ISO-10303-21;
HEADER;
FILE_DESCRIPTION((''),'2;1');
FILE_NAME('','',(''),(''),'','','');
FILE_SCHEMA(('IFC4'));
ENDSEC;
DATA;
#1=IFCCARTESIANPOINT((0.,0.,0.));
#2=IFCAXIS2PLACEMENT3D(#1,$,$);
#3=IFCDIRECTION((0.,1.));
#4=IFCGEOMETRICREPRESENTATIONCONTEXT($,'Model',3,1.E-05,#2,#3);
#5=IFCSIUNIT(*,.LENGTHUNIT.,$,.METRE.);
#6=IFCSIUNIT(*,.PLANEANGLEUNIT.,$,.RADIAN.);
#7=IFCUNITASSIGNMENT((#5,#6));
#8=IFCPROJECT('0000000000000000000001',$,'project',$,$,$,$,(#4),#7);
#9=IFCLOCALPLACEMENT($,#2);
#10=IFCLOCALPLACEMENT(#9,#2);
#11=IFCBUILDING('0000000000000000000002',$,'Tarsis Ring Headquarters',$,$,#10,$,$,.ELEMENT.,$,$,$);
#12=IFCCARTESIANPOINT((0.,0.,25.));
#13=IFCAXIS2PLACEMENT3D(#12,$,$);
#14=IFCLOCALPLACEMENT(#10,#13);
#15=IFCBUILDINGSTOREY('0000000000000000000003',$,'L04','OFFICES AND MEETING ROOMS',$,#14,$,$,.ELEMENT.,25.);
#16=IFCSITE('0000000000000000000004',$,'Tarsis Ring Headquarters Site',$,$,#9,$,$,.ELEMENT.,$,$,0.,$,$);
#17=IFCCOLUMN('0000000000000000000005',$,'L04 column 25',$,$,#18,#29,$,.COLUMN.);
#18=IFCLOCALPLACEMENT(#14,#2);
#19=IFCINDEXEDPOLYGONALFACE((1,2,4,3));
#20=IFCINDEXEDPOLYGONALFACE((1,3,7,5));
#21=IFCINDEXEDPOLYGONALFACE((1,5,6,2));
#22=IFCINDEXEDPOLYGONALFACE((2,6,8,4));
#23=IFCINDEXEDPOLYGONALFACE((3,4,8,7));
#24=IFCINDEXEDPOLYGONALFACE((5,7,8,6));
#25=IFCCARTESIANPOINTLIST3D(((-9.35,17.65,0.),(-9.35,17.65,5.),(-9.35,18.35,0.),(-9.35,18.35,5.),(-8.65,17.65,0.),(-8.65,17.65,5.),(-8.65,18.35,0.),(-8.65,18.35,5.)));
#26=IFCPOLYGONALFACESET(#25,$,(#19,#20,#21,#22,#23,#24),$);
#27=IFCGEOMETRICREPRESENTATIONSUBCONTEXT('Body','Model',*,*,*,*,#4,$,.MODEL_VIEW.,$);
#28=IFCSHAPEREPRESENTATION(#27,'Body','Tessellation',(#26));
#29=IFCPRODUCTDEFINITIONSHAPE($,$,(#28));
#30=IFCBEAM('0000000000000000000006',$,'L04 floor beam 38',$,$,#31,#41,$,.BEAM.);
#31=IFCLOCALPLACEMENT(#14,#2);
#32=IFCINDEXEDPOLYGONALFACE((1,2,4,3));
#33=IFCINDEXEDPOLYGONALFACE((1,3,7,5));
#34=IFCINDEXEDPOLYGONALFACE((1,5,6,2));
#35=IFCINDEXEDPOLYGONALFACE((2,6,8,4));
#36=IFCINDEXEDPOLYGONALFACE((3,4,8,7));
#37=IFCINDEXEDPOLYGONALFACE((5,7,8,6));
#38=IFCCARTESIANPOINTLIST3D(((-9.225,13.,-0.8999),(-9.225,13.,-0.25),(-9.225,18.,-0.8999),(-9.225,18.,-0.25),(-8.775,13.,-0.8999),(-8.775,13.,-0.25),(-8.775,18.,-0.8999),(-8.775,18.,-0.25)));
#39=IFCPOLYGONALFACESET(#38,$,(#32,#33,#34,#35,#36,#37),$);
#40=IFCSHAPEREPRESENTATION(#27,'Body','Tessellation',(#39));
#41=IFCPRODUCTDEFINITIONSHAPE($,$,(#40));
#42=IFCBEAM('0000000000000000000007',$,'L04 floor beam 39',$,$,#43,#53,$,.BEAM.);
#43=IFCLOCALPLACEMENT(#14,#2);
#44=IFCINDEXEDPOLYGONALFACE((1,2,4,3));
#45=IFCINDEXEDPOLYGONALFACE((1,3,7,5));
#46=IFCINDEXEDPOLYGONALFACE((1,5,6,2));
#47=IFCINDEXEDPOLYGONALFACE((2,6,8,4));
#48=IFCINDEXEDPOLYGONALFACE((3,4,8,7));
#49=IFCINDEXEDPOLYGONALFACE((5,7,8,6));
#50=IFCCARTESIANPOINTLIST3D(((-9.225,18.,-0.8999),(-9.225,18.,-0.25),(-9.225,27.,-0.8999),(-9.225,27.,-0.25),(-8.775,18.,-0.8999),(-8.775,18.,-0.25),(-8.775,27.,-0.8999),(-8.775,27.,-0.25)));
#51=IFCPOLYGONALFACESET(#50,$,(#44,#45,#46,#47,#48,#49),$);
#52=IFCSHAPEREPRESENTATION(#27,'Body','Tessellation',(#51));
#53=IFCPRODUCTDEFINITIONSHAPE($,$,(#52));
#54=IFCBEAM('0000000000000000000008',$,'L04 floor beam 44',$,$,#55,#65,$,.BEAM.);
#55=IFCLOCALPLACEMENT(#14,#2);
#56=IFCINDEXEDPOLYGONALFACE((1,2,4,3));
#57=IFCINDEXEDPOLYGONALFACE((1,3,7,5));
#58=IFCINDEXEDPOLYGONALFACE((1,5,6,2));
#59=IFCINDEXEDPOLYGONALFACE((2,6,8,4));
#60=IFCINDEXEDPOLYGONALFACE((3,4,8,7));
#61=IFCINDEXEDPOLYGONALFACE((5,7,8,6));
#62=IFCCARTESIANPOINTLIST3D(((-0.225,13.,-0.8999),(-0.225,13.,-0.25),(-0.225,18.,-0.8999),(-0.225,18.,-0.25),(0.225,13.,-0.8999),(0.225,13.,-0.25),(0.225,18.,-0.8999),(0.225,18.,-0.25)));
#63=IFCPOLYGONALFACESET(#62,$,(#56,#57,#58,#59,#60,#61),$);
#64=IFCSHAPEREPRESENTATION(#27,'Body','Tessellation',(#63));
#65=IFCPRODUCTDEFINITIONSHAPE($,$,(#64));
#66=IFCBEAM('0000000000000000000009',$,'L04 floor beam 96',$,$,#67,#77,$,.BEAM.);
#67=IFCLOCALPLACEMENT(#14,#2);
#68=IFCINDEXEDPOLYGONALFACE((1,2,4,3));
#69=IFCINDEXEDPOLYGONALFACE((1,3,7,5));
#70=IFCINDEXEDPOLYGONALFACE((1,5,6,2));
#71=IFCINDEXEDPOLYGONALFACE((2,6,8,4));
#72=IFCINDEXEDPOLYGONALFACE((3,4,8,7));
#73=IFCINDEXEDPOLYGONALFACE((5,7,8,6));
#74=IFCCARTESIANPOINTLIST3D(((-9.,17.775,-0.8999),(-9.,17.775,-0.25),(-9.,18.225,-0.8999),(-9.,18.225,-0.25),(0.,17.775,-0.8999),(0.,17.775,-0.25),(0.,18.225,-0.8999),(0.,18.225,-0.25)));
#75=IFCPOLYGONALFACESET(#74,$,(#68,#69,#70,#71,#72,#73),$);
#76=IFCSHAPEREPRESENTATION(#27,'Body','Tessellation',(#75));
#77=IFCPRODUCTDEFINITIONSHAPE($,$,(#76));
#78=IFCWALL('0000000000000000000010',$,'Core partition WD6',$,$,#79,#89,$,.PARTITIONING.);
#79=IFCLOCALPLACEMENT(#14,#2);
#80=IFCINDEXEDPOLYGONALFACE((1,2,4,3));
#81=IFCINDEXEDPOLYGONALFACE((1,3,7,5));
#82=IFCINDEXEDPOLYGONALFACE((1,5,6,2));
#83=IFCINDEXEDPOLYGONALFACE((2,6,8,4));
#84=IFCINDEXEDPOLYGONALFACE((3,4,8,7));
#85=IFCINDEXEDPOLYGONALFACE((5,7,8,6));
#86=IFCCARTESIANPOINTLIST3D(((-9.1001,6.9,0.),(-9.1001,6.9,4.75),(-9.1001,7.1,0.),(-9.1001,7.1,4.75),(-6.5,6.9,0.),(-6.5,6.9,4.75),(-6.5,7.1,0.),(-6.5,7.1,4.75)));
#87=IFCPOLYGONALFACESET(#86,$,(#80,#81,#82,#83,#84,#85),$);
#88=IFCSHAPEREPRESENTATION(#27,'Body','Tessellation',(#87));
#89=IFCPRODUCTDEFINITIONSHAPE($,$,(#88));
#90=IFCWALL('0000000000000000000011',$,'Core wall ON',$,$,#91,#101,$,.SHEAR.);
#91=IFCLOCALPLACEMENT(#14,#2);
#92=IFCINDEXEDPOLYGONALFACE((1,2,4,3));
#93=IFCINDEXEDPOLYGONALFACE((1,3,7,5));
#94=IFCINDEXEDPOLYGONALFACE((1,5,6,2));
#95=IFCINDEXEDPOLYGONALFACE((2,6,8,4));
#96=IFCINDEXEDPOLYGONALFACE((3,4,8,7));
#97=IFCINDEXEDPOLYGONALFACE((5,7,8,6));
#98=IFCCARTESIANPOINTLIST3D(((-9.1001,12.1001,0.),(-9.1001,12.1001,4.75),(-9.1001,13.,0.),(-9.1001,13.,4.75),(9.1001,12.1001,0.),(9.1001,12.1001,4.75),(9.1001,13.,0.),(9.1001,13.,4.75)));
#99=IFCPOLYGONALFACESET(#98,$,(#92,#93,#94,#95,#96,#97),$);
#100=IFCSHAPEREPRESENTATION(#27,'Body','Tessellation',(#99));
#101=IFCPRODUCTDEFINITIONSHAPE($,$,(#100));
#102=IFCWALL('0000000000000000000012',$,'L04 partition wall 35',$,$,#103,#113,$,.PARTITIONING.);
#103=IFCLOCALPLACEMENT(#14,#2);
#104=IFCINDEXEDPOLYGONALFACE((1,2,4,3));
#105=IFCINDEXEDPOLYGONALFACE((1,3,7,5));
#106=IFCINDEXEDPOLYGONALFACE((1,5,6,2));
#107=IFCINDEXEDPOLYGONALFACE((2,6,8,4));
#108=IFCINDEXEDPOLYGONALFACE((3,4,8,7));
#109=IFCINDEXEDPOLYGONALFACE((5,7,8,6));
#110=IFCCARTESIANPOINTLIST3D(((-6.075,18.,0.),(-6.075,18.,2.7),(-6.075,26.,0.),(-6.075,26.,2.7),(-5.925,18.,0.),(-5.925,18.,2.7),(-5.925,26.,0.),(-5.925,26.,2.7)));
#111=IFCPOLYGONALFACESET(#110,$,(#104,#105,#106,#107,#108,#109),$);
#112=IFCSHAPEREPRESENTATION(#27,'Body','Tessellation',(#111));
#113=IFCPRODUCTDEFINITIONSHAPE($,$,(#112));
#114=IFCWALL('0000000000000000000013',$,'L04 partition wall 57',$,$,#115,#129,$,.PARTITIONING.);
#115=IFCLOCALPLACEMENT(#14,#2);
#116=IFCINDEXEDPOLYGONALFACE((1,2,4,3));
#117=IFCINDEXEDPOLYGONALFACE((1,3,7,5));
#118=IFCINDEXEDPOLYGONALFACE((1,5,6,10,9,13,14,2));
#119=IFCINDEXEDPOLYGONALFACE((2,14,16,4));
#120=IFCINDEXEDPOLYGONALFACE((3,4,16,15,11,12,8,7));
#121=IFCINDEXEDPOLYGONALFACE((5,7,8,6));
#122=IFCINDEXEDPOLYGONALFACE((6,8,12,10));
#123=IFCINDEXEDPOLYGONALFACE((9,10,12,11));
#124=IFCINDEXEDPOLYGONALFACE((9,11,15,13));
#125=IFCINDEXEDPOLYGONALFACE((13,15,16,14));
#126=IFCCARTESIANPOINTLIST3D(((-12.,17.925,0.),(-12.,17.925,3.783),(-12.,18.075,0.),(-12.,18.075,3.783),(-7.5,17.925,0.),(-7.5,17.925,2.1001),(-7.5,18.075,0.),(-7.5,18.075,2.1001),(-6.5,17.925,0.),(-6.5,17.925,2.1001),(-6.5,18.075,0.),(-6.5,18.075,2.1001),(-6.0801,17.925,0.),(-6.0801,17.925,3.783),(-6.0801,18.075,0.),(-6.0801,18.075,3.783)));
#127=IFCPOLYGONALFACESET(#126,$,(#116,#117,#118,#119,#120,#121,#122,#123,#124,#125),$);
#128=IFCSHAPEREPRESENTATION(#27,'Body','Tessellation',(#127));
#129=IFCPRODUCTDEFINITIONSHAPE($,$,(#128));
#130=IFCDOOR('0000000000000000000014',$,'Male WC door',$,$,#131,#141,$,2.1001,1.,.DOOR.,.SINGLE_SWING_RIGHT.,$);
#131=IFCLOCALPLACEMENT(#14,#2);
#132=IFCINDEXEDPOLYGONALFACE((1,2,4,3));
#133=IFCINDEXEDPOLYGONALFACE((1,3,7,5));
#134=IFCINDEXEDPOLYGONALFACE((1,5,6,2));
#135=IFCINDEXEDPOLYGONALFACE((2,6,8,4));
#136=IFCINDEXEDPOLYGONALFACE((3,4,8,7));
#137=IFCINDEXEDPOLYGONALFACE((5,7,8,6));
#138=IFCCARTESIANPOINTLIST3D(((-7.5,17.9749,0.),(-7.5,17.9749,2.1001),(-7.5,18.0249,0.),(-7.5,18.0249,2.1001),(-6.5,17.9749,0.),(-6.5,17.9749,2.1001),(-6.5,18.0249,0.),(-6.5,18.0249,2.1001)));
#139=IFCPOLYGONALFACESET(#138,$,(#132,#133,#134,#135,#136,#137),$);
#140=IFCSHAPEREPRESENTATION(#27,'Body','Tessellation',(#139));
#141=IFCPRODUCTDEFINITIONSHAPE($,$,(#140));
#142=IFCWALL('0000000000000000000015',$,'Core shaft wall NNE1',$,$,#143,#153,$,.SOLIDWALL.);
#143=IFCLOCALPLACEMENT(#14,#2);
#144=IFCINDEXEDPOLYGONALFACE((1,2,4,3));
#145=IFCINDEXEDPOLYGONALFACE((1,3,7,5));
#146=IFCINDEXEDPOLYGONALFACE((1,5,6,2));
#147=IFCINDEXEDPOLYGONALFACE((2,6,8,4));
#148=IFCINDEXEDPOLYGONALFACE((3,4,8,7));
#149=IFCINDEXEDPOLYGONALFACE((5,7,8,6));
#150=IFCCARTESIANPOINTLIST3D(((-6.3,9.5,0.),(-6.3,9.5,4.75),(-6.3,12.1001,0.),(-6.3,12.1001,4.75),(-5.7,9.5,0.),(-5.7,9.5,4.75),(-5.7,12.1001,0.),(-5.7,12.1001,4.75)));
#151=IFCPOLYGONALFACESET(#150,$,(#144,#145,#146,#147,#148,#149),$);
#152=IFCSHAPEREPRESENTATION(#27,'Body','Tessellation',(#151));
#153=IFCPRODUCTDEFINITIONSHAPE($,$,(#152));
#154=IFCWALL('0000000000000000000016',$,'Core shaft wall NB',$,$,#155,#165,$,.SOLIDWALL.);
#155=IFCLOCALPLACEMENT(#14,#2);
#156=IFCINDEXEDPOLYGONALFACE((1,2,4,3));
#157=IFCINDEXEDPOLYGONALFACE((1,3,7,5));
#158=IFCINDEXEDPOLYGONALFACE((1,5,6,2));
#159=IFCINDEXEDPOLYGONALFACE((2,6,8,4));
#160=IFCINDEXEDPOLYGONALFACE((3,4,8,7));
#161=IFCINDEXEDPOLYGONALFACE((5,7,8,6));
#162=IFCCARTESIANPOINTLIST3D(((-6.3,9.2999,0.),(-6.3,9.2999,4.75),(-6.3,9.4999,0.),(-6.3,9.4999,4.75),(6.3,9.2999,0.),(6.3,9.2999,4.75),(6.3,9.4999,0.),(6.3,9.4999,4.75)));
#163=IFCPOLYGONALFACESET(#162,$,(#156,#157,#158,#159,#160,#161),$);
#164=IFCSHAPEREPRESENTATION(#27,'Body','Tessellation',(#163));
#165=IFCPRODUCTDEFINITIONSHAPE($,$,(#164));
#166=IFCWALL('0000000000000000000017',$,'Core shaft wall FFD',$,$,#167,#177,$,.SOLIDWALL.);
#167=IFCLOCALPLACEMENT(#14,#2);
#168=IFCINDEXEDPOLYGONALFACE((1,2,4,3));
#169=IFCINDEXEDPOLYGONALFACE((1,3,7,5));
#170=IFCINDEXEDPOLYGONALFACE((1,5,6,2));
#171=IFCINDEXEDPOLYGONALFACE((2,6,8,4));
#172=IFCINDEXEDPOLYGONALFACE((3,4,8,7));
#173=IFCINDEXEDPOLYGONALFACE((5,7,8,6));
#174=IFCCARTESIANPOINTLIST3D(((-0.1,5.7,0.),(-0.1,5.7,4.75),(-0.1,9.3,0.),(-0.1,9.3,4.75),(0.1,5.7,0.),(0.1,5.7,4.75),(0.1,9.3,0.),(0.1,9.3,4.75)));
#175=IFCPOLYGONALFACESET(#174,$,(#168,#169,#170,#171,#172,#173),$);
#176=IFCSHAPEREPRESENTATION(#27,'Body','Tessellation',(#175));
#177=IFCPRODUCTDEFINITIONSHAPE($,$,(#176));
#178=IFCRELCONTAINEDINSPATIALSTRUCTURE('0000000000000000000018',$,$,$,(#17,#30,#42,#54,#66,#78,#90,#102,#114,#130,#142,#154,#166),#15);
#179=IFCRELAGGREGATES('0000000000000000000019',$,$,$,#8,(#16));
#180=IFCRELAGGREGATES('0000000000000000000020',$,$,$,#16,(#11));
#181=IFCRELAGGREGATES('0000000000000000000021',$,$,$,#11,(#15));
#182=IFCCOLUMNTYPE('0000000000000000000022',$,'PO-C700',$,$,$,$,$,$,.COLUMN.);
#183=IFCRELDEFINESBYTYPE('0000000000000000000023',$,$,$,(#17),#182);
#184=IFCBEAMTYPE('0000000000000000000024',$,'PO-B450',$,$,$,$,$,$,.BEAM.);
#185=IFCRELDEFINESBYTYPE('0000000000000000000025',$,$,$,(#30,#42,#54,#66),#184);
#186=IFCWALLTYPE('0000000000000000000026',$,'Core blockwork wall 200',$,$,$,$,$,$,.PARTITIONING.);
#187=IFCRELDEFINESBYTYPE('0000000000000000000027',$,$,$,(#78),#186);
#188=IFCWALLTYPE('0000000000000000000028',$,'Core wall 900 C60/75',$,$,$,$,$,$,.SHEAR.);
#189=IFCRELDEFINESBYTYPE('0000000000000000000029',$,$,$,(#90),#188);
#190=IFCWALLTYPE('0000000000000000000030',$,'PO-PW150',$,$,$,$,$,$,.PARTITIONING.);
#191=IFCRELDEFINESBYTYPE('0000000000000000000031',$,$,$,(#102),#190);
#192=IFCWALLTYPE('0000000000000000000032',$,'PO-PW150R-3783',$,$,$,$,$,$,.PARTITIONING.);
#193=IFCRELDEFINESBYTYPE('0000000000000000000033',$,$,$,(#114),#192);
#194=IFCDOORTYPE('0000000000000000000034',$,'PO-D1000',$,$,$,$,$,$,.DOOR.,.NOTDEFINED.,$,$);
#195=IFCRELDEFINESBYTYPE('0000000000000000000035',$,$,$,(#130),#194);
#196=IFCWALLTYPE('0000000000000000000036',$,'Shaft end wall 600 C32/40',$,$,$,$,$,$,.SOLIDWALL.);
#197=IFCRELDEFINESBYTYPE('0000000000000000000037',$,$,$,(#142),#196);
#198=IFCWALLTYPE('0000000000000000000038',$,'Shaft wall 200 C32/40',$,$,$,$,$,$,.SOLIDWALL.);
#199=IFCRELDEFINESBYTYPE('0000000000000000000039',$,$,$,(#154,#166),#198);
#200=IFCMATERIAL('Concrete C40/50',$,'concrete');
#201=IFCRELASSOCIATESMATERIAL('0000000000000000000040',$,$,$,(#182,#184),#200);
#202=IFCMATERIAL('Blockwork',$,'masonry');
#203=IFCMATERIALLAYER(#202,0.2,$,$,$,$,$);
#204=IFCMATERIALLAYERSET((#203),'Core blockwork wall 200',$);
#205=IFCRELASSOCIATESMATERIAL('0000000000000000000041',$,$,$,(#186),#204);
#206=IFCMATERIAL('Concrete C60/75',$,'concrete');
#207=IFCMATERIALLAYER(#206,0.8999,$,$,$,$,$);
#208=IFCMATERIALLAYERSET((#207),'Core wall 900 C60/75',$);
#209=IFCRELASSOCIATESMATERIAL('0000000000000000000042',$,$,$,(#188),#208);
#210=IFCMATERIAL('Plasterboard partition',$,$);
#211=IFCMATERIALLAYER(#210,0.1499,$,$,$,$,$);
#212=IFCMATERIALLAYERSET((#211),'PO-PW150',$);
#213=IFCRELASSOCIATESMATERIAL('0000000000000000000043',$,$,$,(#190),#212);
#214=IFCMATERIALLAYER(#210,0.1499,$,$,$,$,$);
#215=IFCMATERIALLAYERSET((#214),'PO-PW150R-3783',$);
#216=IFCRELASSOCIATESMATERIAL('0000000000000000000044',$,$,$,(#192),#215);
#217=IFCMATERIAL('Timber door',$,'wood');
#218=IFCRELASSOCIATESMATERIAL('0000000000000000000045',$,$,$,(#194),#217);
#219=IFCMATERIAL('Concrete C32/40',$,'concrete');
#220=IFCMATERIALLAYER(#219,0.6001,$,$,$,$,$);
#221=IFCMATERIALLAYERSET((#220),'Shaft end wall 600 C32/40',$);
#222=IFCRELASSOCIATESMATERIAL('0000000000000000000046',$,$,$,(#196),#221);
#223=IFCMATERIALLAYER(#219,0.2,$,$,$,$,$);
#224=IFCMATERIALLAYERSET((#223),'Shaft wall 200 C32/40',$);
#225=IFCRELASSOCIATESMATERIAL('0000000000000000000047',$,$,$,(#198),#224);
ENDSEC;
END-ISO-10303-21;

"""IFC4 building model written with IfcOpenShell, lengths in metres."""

from ifc_helpers import new_model, si_unit, direction, frame, frame_2d, origin, origin_2d, place, context, subcontext, project, spatial, rectangle, extrude, material, layer, layer_set, material_profile, profile_set, type_object, element, fill, save


model = new_model("IFC4")

# Units and contexts
model_context = context("Model", 3, precision=1e-05, world=origin(), true_north=direction((0.0, 1.0)))
body_context = subcontext(model_context, "Body", "Model", "MODEL_VIEW")
ifc_project = project(units=[si_unit("LENGTHUNIT", "METRE"), si_unit("PLANEANGLEUNIT", "RADIAN")], contexts=[model_context])

# Site, building, storey
site_placement = place(None, origin())
site = spatial("IfcSite", under=ifc_project, at=site_placement, Name="Tarsis Ring Headquarters Site", CompositionType="ELEMENT", RefElevation=0.0)
building_placement = place(site_placement, origin())
building = spatial("IfcBuilding", under=site, at=building_placement, Name="Tarsis Ring Headquarters", CompositionType="ELEMENT")
storey_placement = place(building_placement, frame((0.0, 0.0, 25.0)))
storey = spatial("IfcBuildingStorey", under=building, at=storey_placement, Name="L04", Description="OFFICES AND MEETING ROOMS", CompositionType="ELEMENT", Elevation=25.0)

# Column
ifc_material_1 = material(Name="Concrete C40/50", Category="concrete")
ifc_material_profile_1 = material_profile(ifc_material_1, rectangle(XDim=0.7, YDim=0.7, at=origin_2d()), Name="PO-C700")
ifc_profile_set_1 = profile_set([ifc_material_profile_1], Name="Concrete C40/50")
column_type = type_object("IfcColumnType", Name="PO-C700", PredefinedType="COLUMN", material=ifc_profile_set_1)
column_placement = place(storey_placement, frame((-9.0, 18.0, 0.0), z_axis=(0.0, 0.0, 1.0), x_axis=(1.0, 0.0, 0.0)))
element("IfcColumn", 1, at=column_placement, inside=storey, type_object=column_type, Name="L04 column 25", PredefinedType="COLUMN", context=body_context, shape_type="SweptSolid", body=[
    extrude(rectangle(XDim=0.7, YDim=0.7, at=origin_2d()), origin(), (0.0, 0.0, 1.0), 5.0),
])

# Beams
ifc_material_profile_2 = material_profile(ifc_material_1, rectangle(XDim=0.45, YDim=0.6499, at=origin_2d()), Name="PO-B450")
ifc_profile_set_2 = profile_set([ifc_material_profile_2], Name="Concrete C40/50")
beam_type = type_object("IfcBeamType", Name="PO-B450", PredefinedType="BEAM", material=ifc_profile_set_2)
beam_1_placement = place(storey_placement, frame((-9.0, 13.0, -0.575), z_axis=(0.0, 1.0, 0.0), x_axis=(-1.0, 0.0, 0.0)))
element("IfcBeam", 2, at=beam_1_placement, inside=storey, type_object=beam_type, Name="L04 floor beam 38", PredefinedType="BEAM", context=body_context, shape_type="SweptSolid", body=[
    extrude(rectangle(XDim=0.45, YDim=0.6499, at=origin_2d()), origin(), (0.0, 0.0, 1.0), 5.0),
])
beam_2_placement = place(storey_placement, frame((-9.0, 18.0, -0.575), z_axis=(0.0, 1.0, 0.0), x_axis=(-1.0, 0.0, 0.0)))
element("IfcBeam", 3, at=beam_2_placement, inside=storey, type_object=beam_type, Name="L04 floor beam 39", PredefinedType="BEAM", context=body_context, shape_type="SweptSolid", body=[
    extrude(rectangle(XDim=0.45, YDim=0.6499, at=origin_2d()), origin(), (0.0, 0.0, 1.0), 9.0),
])
beam_3_placement = place(storey_placement, frame((0.0, 13.0, -0.575), z_axis=(0.0, 1.0, 0.0), x_axis=(-1.0, 0.0, 0.0)))
element("IfcBeam", 4, at=beam_3_placement, inside=storey, type_object=beam_type, Name="L04 floor beam 44", PredefinedType="BEAM", context=body_context, shape_type="SweptSolid", body=[
    extrude(rectangle(XDim=0.45, YDim=0.6499, at=origin_2d()), origin(), (0.0, 0.0, 1.0), 5.0),
])
beam_4_placement = place(storey_placement, frame((-9.0, 18.0, -0.575), z_axis=(1.0, 0.0, 0.0), x_axis=(0.0, 1.0, 0.0)))
element("IfcBeam", 5, at=beam_4_placement, inside=storey, type_object=beam_type, Name="L04 floor beam 96", PredefinedType="BEAM", context=body_context, shape_type="SweptSolid", body=[
    extrude(rectangle(XDim=0.45, YDim=0.6499, at=origin_2d()), origin(), (0.0, 0.0, 1.0), 9.0),
])

# Walls
ifc_material_2 = material(Name="Blockwork", Category="masonry")
ifc_layer_1 = layer(ifc_material_2, 0.2)
ifc_layer_set_1 = layer_set([ifc_layer_1], Name="Core blockwork wall 200")
wall_type_1 = type_object("IfcWallType", Name="Core blockwork wall 200", PredefinedType="PARTITIONING", material=ifc_layer_set_1)
wall_1_placement = place(storey_placement, frame((-9.1001, 7.0, 0.0), z_axis=(0.0, 0.0, 1.0), x_axis=(1.0, 0.0, 0.0)))
element("IfcWall", 6, at=wall_1_placement, inside=storey, type_object=wall_type_1, Name="Core partition WD6", PredefinedType="PARTITIONING", context=body_context, shape_type="SweptSolid", body=[
    extrude(rectangle(XDim=2.6001, YDim=0.2, at=frame_2d((1.3, 0.0))), origin(), (0.0, 0.0, 1.0), 4.75),
])
ifc_material_3 = material(Name="Concrete C60/75", Category="concrete")
ifc_layer_2 = layer(ifc_material_3, 0.8999)
ifc_layer_set_2 = layer_set([ifc_layer_2], Name="Core wall 900 C60/75")
wall_type_2 = type_object("IfcWallType", Name="Core wall 900 C60/75", PredefinedType="SHEAR", material=ifc_layer_set_2)
wall_2_placement = place(storey_placement, frame((-9.1001, 12.55, 0.0), z_axis=(0.0, 0.0, 1.0), x_axis=(1.0, 0.0, 0.0)))
element("IfcWall", 7, at=wall_2_placement, inside=storey, type_object=wall_type_2, Name="Core wall ON", PredefinedType="SHEAR", context=body_context, shape_type="SweptSolid", body=[
    extrude(rectangle(XDim=18.2002, YDim=0.8999, at=frame_2d((9.1001, 0.0))), origin(), (0.0, 0.0, 1.0), 4.75),
])
ifc_material_4 = material(Name="Plasterboard partition")
ifc_layer_3 = layer(ifc_material_4, 0.1499)
ifc_layer_set_3 = layer_set([ifc_layer_3], Name="PO-PW150")
wall_type_3 = type_object("IfcWallType", Name="PO-PW150", PredefinedType="PARTITIONING", material=ifc_layer_set_3)
wall_3_placement = place(storey_placement, frame((-6.0, 18.0, 0.0), z_axis=(0.0, 0.0, 1.0), x_axis=(0.0, 1.0, 0.0)))
element("IfcWall", 8, at=wall_3_placement, inside=storey, type_object=wall_type_3, Name="L04 partition wall 35", PredefinedType="PARTITIONING", context=body_context, shape_type="SweptSolid", body=[
    extrude(rectangle(XDim=8.0, YDim=0.1499, at=frame_2d((4.0, 0.0))), origin(), (0.0, 0.0, 1.0), 2.7),
])

# Wall, opening, door
ifc_layer_4 = layer(ifc_material_4, 0.1499)
ifc_layer_set_4 = layer_set([ifc_layer_4], Name="PO-PW150R-3783")
wall_type_4 = type_object("IfcWallType", Name="PO-PW150R-3783", PredefinedType="PARTITIONING", material=ifc_layer_set_4)
wall_4_placement = place(storey_placement, frame((-12.0, 18.0, 0.0), z_axis=(0.0, 0.0, 1.0), x_axis=(1.0, 0.0, 0.0)))
wall_4 = element("IfcWall", 9, at=wall_4_placement, inside=storey, type_object=wall_type_4, Name="L04 partition wall 57", PredefinedType="PARTITIONING", context=body_context, shape_type="SweptSolid", body=[
    extrude(rectangle(XDim=5.9199, YDim=0.1499, at=frame_2d((2.96, 0.0))), origin(), (0.0, 0.0, 1.0), 3.783),
])
opening_placement = place(wall_4_placement, frame((4.5, 0.0, 0.0)))
opening = element("IfcOpeningElement", 10, at=opening_placement, cuts=wall_4, PredefinedType="OPENING", context=body_context, shape_type="SweptSolid", body=[
    extrude(rectangle(XDim=1.0, YDim=2.1001, at=frame_2d((0.5, 1.05))), frame((0.0, 0.085, 0.0), z_axis=(0.0, -1.0, 0.0), x_axis=(1.0, 0.0, 0.0)), (0.0, 0.0, 1.0), 0.1699),
])
ifc_material_5 = material(Name="Timber door", Category="wood")
door_type = type_object("IfcDoorType", Name="PO-D1000", OperationType="NOTDEFINED", PredefinedType="DOOR", material=ifc_material_5)
door_placement = place(opening_placement, origin())
door = element("IfcDoor", 11, at=door_placement, inside=storey, type_object=door_type, Name="Male WC door", OperationType="SINGLE_SWING_RIGHT", OverallHeight=2.1001, OverallWidth=1.0, PredefinedType="DOOR", context=body_context, shape_type="SweptSolid", body=[
    extrude(rectangle(XDim=1.0, YDim=2.1001, at=frame_2d((0.5, 1.05))), frame((0.0, 0.0249, 0.0), z_axis=(0.0, -1.0, 0.0), x_axis=(1.0, 0.0, 0.0)), (0.0, 0.0, 1.0), 0.05),
])
fill(opening, door)

# Walls
ifc_material_6 = material(Name="Concrete C32/40", Category="concrete")
ifc_layer_5 = layer(ifc_material_6, 0.6001)
ifc_layer_set_5 = layer_set([ifc_layer_5], Name="Shaft end wall 600 C32/40")
wall_type_5 = type_object("IfcWallType", Name="Shaft end wall 600 C32/40", PredefinedType="SOLIDWALL", material=ifc_layer_set_5)
wall_5_placement = place(storey_placement, frame((-6.0, 9.5, 0.0), z_axis=(0.0, 0.0, 1.0), x_axis=(0.0, 1.0, 0.0)))
element("IfcWall", 12, at=wall_5_placement, inside=storey, type_object=wall_type_5, Name="Core shaft wall NNE1", PredefinedType="SOLIDWALL", context=body_context, shape_type="SweptSolid", body=[
    extrude(rectangle(XDim=2.6001, YDim=0.6001, at=frame_2d((1.3, 0.0))), origin(), (0.0, 0.0, 1.0), 4.75),
])
ifc_layer_6 = layer(ifc_material_6, 0.2)
ifc_layer_set_6 = layer_set([ifc_layer_6], Name="Shaft wall 200 C32/40")
wall_type_6 = type_object("IfcWallType", Name="Shaft wall 200 C32/40", PredefinedType="SOLIDWALL", material=ifc_layer_set_6)
wall_6_placement = place(storey_placement, frame((-6.3, 9.3999, 0.0), z_axis=(0.0, 0.0, 1.0), x_axis=(1.0, 0.0, 0.0)))
element("IfcWall", 13, at=wall_6_placement, inside=storey, type_object=wall_type_6, Name="Core shaft wall NB", PredefinedType="SOLIDWALL", context=body_context, shape_type="SweptSolid", body=[
    extrude(rectangle(XDim=12.6001, YDim=0.2, at=frame_2d((6.3, 0.0))), origin(), (0.0, 0.0, 1.0), 4.75),
])
wall_7_placement = place(storey_placement, frame((0.0, 5.7, 0.0), z_axis=(0.0, 0.0, 1.0), x_axis=(0.0, 1.0, 0.0)))
element("IfcWall", 14, at=wall_7_placement, inside=storey, type_object=wall_type_6, Name="Core shaft wall FFD", PredefinedType="SOLIDWALL", context=body_context, shape_type="SweptSolid", body=[
    extrude(rectangle(XDim=3.6001, YDim=0.2, at=frame_2d((1.8, 0.0))), origin(), (0.0, 0.0, 1.0), 4.75),
])

save(model, "model.ifc")
